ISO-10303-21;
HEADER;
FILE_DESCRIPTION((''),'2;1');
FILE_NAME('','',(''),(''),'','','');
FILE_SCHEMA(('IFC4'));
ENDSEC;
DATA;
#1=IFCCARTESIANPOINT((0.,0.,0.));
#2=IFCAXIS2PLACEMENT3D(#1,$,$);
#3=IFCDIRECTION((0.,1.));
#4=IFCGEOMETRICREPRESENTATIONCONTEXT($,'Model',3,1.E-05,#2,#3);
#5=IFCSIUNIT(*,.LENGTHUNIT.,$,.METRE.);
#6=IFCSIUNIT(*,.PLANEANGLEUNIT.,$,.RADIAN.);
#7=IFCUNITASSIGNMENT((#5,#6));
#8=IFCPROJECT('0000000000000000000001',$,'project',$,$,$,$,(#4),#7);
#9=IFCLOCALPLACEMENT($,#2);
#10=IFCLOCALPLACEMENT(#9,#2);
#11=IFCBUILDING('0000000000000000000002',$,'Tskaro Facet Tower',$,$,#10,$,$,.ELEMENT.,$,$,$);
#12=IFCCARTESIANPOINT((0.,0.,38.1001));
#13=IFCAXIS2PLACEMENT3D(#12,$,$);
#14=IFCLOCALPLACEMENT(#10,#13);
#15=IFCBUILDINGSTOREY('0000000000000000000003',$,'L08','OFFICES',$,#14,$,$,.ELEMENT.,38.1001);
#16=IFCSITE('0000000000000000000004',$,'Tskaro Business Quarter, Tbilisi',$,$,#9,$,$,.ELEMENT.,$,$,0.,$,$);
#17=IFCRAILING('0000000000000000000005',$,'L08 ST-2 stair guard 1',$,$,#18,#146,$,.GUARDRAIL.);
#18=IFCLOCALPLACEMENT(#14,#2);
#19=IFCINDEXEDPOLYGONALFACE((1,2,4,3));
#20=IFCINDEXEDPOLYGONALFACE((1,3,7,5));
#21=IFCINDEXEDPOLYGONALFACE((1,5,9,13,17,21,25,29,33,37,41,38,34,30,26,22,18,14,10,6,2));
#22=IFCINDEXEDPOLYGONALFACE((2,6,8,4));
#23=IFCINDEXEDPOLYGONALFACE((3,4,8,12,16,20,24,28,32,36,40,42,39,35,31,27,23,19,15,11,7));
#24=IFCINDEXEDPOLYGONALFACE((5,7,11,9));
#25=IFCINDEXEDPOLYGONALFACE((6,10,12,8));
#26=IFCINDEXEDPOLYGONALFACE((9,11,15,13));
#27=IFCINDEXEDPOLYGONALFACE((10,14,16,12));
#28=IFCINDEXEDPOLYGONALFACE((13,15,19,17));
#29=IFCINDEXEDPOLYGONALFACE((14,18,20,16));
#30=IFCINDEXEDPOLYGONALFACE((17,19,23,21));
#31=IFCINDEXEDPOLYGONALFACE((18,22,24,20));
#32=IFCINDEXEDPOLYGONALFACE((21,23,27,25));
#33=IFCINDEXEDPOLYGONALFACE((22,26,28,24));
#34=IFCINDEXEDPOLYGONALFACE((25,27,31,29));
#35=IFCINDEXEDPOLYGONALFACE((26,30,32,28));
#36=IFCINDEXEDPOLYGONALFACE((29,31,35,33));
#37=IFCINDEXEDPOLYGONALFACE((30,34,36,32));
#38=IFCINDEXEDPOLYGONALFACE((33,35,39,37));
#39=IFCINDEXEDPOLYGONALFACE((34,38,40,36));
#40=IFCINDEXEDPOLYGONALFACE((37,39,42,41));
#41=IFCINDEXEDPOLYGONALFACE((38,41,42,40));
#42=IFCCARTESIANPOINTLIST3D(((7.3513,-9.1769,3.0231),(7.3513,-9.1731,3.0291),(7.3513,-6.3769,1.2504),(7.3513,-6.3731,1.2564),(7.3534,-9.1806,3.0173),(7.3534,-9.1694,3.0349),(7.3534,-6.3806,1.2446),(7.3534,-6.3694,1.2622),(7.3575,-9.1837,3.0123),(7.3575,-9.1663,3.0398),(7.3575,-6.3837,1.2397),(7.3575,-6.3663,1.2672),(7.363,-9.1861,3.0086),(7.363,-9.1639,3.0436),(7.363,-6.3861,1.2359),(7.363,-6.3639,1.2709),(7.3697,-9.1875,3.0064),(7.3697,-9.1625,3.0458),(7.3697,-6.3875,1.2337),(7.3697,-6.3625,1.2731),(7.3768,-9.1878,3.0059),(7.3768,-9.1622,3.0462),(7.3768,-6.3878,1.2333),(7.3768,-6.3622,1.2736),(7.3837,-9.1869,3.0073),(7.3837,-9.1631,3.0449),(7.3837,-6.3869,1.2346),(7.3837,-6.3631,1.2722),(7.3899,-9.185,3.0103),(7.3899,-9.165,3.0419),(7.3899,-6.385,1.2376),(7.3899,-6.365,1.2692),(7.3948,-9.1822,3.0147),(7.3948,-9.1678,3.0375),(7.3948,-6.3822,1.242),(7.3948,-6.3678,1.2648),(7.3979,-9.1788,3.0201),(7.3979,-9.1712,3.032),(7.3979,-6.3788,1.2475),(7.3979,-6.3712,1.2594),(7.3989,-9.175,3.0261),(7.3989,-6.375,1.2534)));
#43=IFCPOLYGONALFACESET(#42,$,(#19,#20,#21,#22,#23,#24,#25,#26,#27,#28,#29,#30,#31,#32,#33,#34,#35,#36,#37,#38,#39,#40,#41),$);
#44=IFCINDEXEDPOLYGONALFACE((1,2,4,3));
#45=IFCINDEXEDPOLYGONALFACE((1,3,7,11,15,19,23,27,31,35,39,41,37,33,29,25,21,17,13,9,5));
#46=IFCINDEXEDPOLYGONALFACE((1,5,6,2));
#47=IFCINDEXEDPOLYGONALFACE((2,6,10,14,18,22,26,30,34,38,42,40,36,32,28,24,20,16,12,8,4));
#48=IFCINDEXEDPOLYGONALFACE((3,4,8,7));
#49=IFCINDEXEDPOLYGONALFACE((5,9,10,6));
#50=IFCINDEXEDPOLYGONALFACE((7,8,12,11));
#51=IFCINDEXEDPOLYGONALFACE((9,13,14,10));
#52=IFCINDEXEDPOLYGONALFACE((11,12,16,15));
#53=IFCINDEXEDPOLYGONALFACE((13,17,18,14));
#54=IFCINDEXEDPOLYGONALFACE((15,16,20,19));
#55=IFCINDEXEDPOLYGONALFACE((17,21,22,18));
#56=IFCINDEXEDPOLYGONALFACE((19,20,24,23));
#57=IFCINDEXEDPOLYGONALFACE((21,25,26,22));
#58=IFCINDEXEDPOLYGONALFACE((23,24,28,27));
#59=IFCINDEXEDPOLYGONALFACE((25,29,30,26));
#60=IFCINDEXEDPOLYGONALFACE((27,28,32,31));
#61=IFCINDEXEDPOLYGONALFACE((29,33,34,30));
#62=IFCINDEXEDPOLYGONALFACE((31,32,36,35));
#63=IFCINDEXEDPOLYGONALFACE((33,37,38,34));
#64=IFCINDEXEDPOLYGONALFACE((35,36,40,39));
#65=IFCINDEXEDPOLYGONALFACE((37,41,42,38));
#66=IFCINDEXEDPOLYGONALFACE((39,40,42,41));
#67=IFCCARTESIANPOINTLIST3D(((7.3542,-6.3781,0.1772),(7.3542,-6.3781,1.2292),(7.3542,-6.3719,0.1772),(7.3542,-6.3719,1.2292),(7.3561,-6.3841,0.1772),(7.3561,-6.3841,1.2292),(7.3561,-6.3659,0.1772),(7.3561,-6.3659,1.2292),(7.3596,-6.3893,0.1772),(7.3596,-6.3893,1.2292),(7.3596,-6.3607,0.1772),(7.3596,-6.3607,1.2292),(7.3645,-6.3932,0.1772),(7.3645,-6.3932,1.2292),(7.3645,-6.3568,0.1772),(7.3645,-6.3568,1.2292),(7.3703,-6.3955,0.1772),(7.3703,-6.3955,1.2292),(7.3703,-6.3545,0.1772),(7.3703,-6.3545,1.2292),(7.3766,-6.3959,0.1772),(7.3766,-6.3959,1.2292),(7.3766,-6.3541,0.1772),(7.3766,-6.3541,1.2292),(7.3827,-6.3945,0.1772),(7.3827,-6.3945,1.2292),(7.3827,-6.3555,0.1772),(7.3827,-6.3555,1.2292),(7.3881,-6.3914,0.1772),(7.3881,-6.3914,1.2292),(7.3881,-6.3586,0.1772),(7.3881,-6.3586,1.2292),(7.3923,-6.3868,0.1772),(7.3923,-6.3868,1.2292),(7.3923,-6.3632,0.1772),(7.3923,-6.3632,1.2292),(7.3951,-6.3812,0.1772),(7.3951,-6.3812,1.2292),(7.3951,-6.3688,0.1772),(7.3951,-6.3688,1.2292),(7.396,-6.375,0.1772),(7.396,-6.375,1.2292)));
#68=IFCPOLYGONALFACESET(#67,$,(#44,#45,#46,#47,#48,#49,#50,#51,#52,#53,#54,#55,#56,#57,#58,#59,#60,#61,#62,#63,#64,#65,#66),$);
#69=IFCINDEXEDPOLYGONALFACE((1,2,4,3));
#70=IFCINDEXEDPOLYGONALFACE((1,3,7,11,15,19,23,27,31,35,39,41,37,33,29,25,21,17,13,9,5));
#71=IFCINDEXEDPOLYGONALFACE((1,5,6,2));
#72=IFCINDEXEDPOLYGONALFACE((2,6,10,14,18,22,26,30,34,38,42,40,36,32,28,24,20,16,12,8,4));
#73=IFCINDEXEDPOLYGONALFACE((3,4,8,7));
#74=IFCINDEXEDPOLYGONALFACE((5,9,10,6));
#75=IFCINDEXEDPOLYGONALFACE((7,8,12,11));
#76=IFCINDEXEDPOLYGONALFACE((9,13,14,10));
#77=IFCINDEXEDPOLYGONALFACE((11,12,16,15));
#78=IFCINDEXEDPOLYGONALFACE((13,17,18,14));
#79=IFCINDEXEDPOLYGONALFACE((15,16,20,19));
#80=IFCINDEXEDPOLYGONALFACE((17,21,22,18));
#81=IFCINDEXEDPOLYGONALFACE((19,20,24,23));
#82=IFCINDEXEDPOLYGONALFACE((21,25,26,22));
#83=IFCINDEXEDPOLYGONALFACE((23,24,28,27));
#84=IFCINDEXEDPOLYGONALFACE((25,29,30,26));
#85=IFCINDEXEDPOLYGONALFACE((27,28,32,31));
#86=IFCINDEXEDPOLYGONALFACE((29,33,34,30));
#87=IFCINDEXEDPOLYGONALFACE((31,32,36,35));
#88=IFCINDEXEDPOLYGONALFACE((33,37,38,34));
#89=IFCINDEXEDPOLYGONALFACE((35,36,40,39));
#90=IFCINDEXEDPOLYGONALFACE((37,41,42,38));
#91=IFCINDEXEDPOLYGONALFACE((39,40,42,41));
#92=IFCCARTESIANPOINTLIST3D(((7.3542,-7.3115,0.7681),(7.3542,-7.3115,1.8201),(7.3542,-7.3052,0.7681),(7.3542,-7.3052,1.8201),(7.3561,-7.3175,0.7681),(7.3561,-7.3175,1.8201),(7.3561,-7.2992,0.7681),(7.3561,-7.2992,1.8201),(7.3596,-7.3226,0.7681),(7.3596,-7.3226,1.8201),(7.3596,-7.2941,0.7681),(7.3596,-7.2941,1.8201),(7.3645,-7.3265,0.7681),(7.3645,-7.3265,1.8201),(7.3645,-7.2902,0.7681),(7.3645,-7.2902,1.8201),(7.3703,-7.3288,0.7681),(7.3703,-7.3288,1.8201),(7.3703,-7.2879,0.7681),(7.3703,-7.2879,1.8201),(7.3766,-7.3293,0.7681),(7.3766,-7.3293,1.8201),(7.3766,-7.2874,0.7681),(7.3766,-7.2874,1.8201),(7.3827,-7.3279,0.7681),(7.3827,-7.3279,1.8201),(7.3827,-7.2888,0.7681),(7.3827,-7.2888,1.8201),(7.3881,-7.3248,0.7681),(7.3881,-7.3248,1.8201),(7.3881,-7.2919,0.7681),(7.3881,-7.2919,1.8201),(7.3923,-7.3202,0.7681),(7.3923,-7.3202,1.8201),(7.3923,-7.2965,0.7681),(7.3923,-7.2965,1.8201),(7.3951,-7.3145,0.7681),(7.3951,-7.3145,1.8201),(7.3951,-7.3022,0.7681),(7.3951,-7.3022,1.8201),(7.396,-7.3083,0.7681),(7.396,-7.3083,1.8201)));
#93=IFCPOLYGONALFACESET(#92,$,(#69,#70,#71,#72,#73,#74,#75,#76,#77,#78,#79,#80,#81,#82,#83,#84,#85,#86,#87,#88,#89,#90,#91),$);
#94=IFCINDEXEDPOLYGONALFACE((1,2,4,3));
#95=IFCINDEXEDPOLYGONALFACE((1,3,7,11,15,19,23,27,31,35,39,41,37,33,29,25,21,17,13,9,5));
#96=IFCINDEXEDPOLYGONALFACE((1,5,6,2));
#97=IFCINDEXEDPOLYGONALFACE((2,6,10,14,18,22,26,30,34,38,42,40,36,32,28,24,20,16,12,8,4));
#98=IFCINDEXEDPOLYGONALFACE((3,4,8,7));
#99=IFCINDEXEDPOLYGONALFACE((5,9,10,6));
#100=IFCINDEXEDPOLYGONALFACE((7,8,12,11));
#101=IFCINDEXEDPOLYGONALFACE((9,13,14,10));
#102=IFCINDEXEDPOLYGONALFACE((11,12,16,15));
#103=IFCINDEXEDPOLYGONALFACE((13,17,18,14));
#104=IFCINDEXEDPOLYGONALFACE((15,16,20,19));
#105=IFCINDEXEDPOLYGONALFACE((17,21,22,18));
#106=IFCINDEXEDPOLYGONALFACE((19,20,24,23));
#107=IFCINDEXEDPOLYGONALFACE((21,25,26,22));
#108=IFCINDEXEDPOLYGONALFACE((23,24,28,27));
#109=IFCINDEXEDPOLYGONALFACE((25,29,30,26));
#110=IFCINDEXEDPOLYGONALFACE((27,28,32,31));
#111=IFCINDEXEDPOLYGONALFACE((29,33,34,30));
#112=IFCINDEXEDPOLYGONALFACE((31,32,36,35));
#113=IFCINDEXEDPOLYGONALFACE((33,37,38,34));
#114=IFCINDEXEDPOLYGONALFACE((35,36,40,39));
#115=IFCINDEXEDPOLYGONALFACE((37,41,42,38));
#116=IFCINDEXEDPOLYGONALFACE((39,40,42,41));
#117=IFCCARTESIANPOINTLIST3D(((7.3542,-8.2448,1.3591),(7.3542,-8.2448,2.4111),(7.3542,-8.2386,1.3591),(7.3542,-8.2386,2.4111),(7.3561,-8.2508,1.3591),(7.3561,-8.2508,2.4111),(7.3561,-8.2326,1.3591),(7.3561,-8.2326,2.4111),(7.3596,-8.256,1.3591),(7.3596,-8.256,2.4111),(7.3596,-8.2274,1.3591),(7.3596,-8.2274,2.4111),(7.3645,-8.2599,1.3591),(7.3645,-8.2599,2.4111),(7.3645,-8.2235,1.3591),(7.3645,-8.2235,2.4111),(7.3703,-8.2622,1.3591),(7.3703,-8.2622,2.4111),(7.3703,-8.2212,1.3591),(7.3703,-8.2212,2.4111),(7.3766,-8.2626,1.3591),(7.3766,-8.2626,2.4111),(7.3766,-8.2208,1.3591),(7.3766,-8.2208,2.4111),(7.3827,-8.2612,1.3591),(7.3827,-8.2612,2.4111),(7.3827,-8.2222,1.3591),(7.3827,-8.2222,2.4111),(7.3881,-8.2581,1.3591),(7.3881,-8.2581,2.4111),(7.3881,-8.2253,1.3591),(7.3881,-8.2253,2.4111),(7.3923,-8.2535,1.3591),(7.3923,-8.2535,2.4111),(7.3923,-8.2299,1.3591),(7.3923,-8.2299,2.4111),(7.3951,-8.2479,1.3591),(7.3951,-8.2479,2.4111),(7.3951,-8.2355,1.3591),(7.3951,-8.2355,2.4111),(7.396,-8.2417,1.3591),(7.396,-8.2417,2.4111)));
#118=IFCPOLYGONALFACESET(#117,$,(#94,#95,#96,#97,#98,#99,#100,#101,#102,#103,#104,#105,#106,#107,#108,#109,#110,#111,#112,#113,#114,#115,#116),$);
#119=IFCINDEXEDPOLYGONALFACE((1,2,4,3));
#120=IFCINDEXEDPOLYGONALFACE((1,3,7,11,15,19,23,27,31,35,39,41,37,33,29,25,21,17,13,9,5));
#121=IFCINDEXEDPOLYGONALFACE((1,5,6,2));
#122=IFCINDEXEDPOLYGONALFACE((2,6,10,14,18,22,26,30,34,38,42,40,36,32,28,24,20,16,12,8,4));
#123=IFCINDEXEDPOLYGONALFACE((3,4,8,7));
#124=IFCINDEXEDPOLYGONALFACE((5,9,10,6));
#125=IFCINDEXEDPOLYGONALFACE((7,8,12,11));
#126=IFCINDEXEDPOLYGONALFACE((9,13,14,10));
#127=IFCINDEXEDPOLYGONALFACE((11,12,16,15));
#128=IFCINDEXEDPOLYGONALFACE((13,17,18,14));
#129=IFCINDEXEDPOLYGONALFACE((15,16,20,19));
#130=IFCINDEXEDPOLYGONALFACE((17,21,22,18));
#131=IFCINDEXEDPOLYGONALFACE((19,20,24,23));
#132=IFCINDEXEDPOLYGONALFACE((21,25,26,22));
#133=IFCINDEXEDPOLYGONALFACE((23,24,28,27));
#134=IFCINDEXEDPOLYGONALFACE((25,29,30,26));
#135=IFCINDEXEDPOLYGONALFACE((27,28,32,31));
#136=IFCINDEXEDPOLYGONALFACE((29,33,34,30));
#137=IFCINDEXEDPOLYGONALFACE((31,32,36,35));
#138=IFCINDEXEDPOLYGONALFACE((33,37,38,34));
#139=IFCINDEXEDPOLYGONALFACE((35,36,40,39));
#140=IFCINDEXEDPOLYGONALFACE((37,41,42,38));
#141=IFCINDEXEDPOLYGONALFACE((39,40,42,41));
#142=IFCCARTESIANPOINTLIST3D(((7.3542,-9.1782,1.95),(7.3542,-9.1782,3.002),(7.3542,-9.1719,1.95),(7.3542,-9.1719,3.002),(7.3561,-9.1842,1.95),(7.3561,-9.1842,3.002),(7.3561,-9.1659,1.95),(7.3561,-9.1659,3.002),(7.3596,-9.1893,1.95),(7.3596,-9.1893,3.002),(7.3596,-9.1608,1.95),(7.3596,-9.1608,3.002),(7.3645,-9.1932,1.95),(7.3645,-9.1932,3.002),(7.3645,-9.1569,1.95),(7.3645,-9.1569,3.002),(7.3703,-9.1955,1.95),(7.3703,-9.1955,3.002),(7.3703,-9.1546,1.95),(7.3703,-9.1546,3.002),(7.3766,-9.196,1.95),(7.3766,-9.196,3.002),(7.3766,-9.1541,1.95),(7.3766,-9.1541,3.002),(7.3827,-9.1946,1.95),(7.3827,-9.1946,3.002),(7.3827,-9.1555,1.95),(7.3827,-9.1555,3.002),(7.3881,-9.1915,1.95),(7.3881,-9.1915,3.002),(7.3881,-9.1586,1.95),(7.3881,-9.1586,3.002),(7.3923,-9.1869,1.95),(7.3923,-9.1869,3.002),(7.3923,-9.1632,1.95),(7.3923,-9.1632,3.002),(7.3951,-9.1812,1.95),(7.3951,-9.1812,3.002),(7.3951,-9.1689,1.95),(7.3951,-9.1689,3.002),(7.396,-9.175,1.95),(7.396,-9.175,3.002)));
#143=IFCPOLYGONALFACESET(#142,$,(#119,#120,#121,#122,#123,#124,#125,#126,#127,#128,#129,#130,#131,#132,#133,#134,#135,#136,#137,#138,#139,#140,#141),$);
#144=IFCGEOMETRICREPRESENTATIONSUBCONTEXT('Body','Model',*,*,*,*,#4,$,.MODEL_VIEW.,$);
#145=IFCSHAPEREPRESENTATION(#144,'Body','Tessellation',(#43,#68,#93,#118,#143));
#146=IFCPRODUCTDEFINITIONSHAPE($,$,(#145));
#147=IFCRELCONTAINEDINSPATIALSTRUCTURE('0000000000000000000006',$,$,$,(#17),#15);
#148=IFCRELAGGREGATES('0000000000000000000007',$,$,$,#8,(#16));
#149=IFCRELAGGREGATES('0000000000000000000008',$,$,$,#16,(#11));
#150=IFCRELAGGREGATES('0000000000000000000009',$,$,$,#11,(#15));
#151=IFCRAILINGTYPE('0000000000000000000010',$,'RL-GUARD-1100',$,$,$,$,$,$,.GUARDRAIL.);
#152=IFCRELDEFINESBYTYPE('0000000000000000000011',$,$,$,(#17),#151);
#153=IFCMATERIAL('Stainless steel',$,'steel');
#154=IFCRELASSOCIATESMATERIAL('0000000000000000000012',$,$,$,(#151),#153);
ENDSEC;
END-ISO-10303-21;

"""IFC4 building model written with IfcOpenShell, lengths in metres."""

from ifc_helpers import new_model, si_unit, direction, frame, origin, origin_2d, place, context, subcontext, project, spatial, circle, extrude, material, type_object, element, save


model = new_model("IFC4")

# Units and contexts
model_context = context("Model", 3, precision=1e-05, world=origin(), true_north=direction((0.0, 1.0)))
body_context = subcontext(model_context, "Body", "Model", "MODEL_VIEW")
ifc_project = project(units=[si_unit("LENGTHUNIT", "METRE"), si_unit("PLANEANGLEUNIT", "RADIAN")], contexts=[model_context])

# Site, building, storey
site_placement = place(None, origin())
site = spatial("IfcSite", under=ifc_project, at=site_placement, Name="Tskaro Business Quarter, Tbilisi", CompositionType="ELEMENT", RefElevation=0.0)
building_placement = place(site_placement, origin())
building = spatial("IfcBuilding", under=site, at=building_placement, Name="Tskaro Facet Tower", CompositionType="ELEMENT")
storey_placement = place(building_placement, frame((0.0, 0.0, 38.1001)))
storey = spatial("IfcBuildingStorey", under=building, at=storey_placement, Name="L08", Description="OFFICES", CompositionType="ELEMENT", Elevation=38.1001)

# Railing
ifc_material_1 = material(Name="Stainless steel", Category="steel")
railing_type_1 = type_object("IfcRailingType", Name="RL-GUARD-1100", PredefinedType="GUARDRAIL", material=ifc_material_1)
railing_1_placement = place(storey_placement, frame((7.375, -6.375, 0.1772)))
element("IfcRailing", 1, at=railing_1_placement, inside=storey, type_object=railing_type_1, Name="L08 ST-2 stair guard 1", PredefinedType="GUARDRAIL", context=body_context, shape_type="SweptSolid", body=[
    extrude(circle(Radius=0.0239, at=origin_2d()), frame((0.0, 0.0, 1.0762), z_axis=(0.0, -0.844909, 0.53491), x_axis=(1.0, 0.0, 0.0)), (0.0, 0.0, 1.0), 3.314),
    extrude(circle(Radius=0.021, at=origin_2d()), origin(), (0.0, 0.0, 1.0), 1.052),
    extrude(circle(Radius=0.021, at=origin_2d()), frame((0.0, -0.9333, 0.5908)), (0.0, 0.0, 1.0), 1.052),
    extrude(circle(Radius=0.021, at=origin_2d()), frame((0.0, -1.8667, 1.1819)), (0.0, 0.0, 1.0), 1.052),
    extrude(circle(Radius=0.021, at=origin_2d()), frame((0.0, -2.8, 1.7727)), (0.0, 0.0, 1.0), 1.052),
])

save(model, "model.ifc")
